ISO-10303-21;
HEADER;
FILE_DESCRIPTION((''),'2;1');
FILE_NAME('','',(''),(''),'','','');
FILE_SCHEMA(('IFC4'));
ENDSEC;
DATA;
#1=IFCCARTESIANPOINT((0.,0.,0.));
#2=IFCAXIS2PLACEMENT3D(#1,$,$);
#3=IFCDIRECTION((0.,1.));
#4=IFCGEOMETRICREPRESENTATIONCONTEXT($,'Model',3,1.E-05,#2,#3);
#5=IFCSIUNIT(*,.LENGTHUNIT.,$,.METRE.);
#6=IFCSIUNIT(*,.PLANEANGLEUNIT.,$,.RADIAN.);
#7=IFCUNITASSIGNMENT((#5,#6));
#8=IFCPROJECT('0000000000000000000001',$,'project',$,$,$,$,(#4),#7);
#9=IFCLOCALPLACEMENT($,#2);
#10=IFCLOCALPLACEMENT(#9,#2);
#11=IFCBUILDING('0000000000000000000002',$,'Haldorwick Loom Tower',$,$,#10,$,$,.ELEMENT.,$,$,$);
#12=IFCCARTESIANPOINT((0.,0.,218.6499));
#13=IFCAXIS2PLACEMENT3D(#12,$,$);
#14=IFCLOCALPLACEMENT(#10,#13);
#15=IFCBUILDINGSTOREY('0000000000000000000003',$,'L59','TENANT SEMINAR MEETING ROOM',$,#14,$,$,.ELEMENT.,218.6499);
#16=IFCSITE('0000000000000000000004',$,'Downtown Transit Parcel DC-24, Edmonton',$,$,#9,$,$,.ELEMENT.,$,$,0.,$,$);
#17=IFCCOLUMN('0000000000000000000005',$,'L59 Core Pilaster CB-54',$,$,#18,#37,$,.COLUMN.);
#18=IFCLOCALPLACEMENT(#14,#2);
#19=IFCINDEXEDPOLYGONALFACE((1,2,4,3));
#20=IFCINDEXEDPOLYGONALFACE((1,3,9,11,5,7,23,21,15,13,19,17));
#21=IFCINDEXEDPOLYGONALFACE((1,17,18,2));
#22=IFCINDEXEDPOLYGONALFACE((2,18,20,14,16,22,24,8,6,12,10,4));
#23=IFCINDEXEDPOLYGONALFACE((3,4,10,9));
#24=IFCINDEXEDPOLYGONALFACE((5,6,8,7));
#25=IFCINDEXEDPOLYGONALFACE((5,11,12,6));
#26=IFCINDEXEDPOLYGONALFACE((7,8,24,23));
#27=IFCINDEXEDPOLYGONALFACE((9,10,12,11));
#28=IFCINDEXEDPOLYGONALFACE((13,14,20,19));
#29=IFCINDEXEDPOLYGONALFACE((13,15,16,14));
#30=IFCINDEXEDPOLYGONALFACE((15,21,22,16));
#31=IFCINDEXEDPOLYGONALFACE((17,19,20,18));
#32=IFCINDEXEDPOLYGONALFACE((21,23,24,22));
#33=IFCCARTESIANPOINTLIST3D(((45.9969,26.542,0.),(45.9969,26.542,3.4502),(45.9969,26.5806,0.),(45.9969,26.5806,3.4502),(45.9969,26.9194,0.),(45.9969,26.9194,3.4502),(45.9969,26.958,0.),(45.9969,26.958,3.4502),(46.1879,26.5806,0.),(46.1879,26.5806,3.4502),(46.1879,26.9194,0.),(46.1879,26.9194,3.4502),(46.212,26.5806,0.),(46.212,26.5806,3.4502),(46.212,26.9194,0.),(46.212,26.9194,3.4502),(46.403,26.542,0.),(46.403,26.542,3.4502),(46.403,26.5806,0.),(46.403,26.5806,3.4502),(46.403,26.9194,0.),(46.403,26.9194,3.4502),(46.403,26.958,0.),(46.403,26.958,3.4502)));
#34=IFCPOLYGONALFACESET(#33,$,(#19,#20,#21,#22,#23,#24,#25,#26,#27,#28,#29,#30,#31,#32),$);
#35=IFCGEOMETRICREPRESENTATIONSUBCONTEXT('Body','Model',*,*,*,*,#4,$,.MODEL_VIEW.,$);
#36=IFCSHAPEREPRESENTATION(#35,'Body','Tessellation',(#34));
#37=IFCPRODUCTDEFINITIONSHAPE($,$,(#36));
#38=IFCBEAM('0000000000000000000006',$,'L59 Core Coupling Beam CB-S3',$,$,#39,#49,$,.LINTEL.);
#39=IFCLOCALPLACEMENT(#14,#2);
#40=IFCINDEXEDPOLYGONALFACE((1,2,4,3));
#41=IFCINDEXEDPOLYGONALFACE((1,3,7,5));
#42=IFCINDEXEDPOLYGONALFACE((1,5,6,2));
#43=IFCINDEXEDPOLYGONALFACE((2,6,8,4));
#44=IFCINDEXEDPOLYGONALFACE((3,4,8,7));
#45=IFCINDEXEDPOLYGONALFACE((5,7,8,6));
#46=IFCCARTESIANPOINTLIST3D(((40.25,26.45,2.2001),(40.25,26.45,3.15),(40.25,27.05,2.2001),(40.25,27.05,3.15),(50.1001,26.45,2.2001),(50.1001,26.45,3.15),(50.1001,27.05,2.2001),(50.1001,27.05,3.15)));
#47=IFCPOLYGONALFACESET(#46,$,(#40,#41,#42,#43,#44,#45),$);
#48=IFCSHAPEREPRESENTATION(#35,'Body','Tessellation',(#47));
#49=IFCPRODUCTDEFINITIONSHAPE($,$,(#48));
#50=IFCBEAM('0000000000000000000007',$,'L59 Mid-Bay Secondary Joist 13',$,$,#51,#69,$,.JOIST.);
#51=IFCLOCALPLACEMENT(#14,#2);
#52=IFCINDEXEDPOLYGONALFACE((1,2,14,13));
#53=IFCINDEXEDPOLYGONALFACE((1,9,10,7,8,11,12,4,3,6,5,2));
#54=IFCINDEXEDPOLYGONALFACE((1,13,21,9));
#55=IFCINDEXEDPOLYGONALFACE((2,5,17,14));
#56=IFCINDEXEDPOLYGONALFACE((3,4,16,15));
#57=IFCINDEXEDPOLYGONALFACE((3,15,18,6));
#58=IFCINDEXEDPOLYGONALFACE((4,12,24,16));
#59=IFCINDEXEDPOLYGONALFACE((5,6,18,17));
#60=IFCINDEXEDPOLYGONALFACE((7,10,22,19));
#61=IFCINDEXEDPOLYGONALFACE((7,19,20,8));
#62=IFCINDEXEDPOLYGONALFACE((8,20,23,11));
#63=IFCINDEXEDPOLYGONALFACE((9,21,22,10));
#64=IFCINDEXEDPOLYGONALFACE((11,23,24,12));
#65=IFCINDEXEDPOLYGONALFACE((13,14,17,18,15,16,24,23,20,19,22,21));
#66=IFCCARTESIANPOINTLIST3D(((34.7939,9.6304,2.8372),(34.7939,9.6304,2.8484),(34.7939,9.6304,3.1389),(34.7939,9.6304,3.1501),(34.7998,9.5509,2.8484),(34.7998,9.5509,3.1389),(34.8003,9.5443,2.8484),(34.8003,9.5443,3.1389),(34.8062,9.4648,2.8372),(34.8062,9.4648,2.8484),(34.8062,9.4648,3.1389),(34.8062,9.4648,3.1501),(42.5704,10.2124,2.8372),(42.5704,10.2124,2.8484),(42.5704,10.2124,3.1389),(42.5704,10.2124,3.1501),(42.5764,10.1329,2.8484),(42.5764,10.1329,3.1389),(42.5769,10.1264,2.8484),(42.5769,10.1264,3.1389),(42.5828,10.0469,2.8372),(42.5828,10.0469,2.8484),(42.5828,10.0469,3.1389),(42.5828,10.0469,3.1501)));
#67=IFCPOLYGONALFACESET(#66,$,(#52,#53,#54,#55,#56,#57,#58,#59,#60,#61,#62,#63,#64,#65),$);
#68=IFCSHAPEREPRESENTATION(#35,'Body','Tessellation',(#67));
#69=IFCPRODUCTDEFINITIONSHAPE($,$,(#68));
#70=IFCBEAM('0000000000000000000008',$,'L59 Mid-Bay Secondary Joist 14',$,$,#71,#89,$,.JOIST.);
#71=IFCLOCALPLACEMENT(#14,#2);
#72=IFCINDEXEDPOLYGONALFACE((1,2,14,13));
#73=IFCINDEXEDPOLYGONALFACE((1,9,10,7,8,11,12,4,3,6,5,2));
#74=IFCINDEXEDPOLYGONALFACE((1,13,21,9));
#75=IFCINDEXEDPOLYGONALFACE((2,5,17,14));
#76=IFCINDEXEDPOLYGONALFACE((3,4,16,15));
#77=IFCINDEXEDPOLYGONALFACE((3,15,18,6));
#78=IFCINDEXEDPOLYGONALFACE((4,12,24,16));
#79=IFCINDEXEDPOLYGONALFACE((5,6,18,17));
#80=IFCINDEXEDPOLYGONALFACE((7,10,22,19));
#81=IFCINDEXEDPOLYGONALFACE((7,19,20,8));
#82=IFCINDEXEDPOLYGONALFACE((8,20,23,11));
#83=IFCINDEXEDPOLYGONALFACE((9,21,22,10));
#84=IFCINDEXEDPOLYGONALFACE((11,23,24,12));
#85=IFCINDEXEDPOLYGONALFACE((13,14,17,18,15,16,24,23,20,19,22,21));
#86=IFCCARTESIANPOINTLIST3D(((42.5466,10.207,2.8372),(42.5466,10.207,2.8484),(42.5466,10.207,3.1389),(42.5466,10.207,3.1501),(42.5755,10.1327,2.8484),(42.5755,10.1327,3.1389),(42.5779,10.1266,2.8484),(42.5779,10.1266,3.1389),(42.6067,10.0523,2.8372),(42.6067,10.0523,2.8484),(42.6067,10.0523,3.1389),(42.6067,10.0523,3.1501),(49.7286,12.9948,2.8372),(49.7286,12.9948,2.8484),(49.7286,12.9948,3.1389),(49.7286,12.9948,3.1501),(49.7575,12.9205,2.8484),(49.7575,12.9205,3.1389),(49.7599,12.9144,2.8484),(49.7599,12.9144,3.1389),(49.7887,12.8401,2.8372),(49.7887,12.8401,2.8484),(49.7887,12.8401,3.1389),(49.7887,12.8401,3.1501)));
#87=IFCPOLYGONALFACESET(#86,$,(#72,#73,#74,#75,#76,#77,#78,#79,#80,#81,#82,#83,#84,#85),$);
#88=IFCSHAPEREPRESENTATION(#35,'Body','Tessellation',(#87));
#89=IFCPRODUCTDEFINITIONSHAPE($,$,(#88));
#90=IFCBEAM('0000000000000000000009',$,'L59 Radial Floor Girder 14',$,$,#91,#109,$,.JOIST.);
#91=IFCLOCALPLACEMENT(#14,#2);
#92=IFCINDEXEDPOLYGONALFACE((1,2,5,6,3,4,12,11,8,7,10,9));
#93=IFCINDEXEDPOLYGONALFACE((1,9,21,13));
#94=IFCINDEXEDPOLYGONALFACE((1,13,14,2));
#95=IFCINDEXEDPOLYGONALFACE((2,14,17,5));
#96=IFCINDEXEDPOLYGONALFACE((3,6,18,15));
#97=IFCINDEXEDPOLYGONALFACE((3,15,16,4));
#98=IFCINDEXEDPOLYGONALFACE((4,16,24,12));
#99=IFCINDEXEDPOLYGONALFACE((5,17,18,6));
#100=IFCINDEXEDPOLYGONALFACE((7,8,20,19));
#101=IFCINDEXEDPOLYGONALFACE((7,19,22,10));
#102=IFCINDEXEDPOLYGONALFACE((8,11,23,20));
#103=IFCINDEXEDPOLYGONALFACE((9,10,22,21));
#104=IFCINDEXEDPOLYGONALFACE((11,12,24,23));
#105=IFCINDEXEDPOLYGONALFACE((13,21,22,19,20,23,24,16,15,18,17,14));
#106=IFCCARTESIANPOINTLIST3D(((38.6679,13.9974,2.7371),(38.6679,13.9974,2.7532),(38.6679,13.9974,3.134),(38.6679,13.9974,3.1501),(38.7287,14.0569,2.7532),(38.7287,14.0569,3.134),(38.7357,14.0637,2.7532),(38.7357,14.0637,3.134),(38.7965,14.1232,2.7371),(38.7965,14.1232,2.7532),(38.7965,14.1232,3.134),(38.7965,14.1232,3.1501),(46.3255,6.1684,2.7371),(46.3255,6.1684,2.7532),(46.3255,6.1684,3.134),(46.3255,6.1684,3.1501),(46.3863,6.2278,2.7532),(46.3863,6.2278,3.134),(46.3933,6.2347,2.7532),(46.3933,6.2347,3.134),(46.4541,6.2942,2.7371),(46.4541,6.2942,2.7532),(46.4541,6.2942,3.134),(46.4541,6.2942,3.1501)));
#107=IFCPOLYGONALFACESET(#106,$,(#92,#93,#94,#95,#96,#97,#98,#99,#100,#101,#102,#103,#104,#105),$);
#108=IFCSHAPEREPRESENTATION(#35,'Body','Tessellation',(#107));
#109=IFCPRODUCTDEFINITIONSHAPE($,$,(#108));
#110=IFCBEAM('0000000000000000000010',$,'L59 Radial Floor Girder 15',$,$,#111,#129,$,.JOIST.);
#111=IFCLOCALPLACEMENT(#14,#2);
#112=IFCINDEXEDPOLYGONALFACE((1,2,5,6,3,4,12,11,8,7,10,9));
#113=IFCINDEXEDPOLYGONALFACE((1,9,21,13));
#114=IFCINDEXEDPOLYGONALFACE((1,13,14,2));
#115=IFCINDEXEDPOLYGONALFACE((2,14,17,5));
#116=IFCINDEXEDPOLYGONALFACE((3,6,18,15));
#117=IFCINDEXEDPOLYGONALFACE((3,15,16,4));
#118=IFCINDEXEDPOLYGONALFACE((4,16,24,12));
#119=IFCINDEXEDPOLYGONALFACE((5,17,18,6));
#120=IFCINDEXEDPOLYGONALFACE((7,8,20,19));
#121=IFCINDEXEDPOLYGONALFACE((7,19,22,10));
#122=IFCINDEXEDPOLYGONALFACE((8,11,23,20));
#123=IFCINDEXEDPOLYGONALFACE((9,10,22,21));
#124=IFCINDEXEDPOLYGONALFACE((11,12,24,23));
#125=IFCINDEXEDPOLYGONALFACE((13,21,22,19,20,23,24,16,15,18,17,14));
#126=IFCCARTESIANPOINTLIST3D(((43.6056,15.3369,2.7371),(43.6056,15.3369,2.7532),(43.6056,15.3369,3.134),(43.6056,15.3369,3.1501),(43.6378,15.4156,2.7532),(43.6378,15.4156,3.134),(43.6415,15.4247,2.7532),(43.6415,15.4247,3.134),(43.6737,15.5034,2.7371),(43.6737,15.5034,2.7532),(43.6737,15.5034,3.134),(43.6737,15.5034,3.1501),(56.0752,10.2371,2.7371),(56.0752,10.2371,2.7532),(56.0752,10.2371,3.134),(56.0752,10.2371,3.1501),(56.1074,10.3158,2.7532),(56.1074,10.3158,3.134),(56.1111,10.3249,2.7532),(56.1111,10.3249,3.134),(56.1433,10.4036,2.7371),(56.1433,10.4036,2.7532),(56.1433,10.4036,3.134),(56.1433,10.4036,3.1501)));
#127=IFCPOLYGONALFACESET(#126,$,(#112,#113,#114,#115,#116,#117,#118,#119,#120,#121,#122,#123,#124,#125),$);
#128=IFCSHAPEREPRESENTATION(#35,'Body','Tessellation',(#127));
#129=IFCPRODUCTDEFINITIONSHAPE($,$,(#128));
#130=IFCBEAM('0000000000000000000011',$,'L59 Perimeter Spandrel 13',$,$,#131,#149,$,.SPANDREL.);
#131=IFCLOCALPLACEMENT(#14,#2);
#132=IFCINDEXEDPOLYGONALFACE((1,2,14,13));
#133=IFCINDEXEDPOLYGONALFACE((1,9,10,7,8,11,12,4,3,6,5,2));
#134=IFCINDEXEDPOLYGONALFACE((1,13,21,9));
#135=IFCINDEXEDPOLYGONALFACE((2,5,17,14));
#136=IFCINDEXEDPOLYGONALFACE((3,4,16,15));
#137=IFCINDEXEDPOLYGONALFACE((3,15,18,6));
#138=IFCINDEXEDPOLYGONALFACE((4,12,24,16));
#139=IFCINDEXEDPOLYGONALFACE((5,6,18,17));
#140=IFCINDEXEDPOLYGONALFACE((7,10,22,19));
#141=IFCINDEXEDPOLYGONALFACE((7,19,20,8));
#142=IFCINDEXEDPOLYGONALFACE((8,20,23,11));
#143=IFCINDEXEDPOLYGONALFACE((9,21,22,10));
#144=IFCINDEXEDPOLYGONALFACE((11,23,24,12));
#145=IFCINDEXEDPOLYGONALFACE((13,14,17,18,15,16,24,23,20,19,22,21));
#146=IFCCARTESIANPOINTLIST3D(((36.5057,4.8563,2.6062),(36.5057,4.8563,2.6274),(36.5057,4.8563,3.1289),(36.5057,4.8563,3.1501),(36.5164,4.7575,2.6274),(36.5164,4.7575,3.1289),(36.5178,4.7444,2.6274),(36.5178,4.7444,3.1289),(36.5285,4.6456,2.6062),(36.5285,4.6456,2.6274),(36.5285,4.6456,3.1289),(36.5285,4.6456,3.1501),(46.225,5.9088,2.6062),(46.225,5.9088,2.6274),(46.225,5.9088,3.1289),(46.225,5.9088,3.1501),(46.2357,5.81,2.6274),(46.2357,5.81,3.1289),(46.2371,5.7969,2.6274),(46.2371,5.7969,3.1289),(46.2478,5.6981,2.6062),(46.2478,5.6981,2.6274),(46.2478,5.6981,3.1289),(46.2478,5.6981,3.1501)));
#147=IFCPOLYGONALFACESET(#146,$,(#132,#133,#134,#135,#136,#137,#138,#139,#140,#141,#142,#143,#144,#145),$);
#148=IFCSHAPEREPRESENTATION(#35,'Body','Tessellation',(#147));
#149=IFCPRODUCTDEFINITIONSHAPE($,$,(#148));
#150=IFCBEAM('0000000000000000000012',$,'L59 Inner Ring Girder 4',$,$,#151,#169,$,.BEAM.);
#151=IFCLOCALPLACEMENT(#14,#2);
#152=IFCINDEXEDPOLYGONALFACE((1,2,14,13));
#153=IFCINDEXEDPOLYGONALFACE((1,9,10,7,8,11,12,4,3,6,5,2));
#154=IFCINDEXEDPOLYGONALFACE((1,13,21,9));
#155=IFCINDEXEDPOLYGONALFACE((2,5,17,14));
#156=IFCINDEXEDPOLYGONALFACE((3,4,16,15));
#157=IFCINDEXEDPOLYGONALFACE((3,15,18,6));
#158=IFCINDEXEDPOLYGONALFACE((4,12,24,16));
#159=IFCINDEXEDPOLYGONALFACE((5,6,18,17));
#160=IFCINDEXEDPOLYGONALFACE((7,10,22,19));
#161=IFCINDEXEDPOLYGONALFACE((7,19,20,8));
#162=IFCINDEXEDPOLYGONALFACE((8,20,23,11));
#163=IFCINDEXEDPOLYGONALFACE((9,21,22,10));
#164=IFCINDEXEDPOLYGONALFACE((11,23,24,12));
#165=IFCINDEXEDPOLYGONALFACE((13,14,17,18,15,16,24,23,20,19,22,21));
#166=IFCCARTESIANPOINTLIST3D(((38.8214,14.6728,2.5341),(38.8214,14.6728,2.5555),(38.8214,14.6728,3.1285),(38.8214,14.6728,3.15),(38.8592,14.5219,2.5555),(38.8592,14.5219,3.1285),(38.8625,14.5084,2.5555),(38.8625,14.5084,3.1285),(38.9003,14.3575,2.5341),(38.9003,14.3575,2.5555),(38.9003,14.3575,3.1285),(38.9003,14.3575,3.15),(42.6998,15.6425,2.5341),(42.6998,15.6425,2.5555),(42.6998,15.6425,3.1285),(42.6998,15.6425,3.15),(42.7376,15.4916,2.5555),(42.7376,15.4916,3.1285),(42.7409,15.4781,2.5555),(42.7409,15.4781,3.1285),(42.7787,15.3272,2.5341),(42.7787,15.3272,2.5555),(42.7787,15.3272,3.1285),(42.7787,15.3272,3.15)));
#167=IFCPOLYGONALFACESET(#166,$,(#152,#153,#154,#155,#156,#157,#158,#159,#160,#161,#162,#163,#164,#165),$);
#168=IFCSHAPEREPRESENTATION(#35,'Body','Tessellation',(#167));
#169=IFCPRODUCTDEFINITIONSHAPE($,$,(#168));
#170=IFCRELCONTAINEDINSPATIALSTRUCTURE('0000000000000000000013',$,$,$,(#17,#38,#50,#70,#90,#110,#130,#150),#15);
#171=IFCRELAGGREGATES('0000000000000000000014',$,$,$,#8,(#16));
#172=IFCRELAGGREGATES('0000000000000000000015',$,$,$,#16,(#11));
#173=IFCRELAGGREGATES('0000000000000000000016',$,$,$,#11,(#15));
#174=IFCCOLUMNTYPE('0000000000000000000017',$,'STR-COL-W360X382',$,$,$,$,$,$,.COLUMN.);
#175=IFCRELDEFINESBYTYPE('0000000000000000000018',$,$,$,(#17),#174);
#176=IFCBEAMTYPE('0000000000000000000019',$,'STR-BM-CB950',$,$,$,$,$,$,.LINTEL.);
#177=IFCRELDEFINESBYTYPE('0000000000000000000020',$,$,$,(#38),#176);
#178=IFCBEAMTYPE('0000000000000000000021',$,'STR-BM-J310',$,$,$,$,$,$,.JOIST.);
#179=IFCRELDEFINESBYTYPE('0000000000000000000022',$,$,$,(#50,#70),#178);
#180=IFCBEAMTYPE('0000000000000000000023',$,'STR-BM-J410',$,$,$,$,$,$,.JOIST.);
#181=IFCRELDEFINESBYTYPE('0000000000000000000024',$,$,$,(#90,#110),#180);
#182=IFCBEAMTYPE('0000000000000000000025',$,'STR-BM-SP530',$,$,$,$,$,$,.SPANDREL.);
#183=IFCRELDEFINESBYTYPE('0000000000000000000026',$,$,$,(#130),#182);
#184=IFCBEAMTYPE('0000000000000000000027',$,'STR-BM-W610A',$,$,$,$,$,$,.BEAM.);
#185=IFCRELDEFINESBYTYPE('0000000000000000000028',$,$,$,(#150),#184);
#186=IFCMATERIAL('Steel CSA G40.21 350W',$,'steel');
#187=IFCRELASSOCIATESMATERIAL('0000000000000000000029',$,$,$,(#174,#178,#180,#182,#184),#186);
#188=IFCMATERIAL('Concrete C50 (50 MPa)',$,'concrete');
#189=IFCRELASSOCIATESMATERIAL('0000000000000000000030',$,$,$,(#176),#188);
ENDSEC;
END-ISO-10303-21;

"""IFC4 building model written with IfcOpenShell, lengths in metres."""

from ifc_helpers import new_model, si_unit, direction, frame, origin, origin_2d, place, context, subcontext, project, spatial, rectangle, i_section, extrude, material, material_profile, profile_set, type_object, element, save


model = new_model("IFC4")

# Units and contexts
model_context = context("Model", 3, precision=1e-05, world=origin(), true_north=direction((0.0, 1.0)))
body_context = subcontext(model_context, "Body", "Model", "MODEL_VIEW")
ifc_project = project(units=[si_unit("LENGTHUNIT", "METRE"), si_unit("PLANEANGLEUNIT", "RADIAN")], contexts=[model_context])

# Site, building, storey
site_placement = place(None, origin())
site = spatial("IfcSite", under=ifc_project, at=site_placement, Name="Downtown Transit Parcel DC-24, Edmonton", CompositionType="ELEMENT", RefElevation=0.0)
building_placement = place(site_placement, origin())
building = spatial("IfcBuilding", under=site, at=building_placement, Name="Haldorwick Loom Tower", CompositionType="ELEMENT")
storey_placement = place(building_placement, frame((0.0, 0.0, 218.6499)))
storey = spatial("IfcBuildingStorey", under=building, at=storey_placement, Name="L59", Description="TENANT SEMINAR MEETING ROOM", CompositionType="ELEMENT", Elevation=218.6499)

# Column
ifc_material_1 = material(Name="Steel CSA G40.21 350W", Category="steel")
ifc_material_profile_1 = material_profile(ifc_material_1, i_section(OverallWidth=0.406, OverallDepth=0.416, WebThickness=0.0242, FlangeThickness=0.0386, at=origin_2d()), Name="W360X382", Category="steel")
ifc_profile_set_1 = profile_set([ifc_material_profile_1], Name="Steel CSA G40.21 350W")
column_type_1 = type_object("IfcColumnType", Name="STR-COL-W360X382", PredefinedType="COLUMN", material=ifc_profile_set_1)
for number, where, z_axis, x_axis, name in (
    (1, (46.2, 26.75, 0.0), (0.0, 0.0, 1.0), (1.0, 0.0, 0.0), "L59 Core Pilaster CB-54"),
):
    element("IfcColumn", number, at=place(storey_placement, frame(where, z_axis=z_axis, x_axis=x_axis)), inside=storey, type_object=column_type_1, Name=name, PredefinedType="COLUMN", context=body_context, shape_type="SweptSolid", body=[
        extrude(i_section(OverallWidth=0.406, OverallDepth=0.416, WebThickness=0.0242, FlangeThickness=0.0386, at=origin_2d()), origin(), (0.0, 0.0, 1.0), 3.4502),
    ])

# Beams
ifc_material_2 = material(Name="Concrete C50 (50 MPa)", Category="concrete")
ifc_material_profile_2 = material_profile(ifc_material_2, rectangle(XDim=0.6001, YDim=0.95, at=origin_2d()), Name="RC600X950", Category="concrete")
ifc_profile_set_2 = profile_set([ifc_material_profile_2], Name="Concrete C50 (50 MPa)")
beam_type_1 = type_object("IfcBeamType", Name="STR-BM-CB950", PredefinedType="LINTEL", material=ifc_profile_set_2)
beam_1_placement = place(storey_placement, frame((40.25, 26.75, 2.675), z_axis=(1.0, 0.0, 0.0), x_axis=(0.0, 1.0, 0.0)))
element("IfcBeam", 2, at=beam_1_placement, inside=storey, type_object=beam_type_1, Name="L59 Core Coupling Beam CB-S3", PredefinedType="LINTEL", context=body_context, shape_type="SweptSolid", body=[
    extrude(rectangle(XDim=0.6001, YDim=0.95, at=origin_2d()), origin(), (0.0, 0.0, 1.0), 9.8501),
])
ifc_material_profile_3 = material_profile(ifc_material_1, i_section(OverallWidth=0.166, OverallDepth=0.313, WebThickness=0.0066, FlangeThickness=0.0112, at=origin_2d()), Name="W310X45", Category="steel")
ifc_profile_set_3 = profile_set([ifc_material_profile_3], Name="Steel CSA G40.21 350W")
beam_type_2 = type_object("IfcBeamType", Name="STR-BM-J310", PredefinedType="JOIST", material=ifc_profile_set_3)
beam_2_placement = place(storey_placement, frame((34.8, 9.5476, 2.9937), z_axis=(0.997211, 0.074635, 0.0), x_axis=(-0.074635, 0.997211, 0.0)))
element("IfcBeam", 3, at=beam_2_placement, inside=storey, type_object=beam_type_2, Name="L59 Mid-Bay Secondary Joist 13", PredefinedType="JOIST", context=body_context, shape_type="SweptSolid", body=[
    extrude(i_section(OverallWidth=0.166, OverallDepth=0.313, WebThickness=0.0066, FlangeThickness=0.0112, at=origin_2d()), origin(), (0.0, 0.0, 1.0), 7.7983),
])
beam_3_placement = place(storey_placement, frame((42.5767, 10.1296, 2.9937), z_axis=(0.932233, 0.361859, 0.0), x_axis=(-0.361859, 0.932233, 0.0)))
element("IfcBeam", 4, at=beam_3_placement, inside=storey, type_object=beam_type_2, Name="L59 Mid-Bay Secondary Joist 14", PredefinedType="JOIST", context=body_context, shape_type="SweptSolid", body=[
    extrude(i_section(OverallWidth=0.166, OverallDepth=0.313, WebThickness=0.0066, FlangeThickness=0.0112, at=origin_2d()), origin(), (0.0, 0.0, 1.0), 7.7041),
])
ifc_material_profile_4 = material_profile(ifc_material_1, i_section(OverallWidth=0.1799, OverallDepth=0.4131, WebThickness=0.0098, FlangeThickness=0.0161, at=origin_2d()), Name="W410X74", Category="steel")
ifc_profile_set_4 = profile_set([ifc_material_profile_4], Name="Steel CSA G40.21 350W")
beam_type_3 = type_object("IfcBeamType", Name="STR-BM-J410", PredefinedType="JOIST", material=ifc_profile_set_4)
beam_4_placement = place(storey_placement, frame((38.7322, 14.0603, 2.9436), z_axis=(0.699239, -0.714888, 0.0), x_axis=(0.714888, 0.699239, 0.0)))
element("IfcBeam", 5, at=beam_4_placement, inside=storey, type_object=beam_type_3, Name="L59 Radial Floor Girder 14", PredefinedType="JOIST", context=body_context, shape_type="SweptSolid", body=[
    extrude(i_section(OverallWidth=0.1799, OverallDepth=0.4131, WebThickness=0.0098, FlangeThickness=0.0161, at=origin_2d()), origin(), (0.0, 0.0, 1.0), 10.9514),
])
beam_5_placement = place(storey_placement, frame((43.6396, 15.4202, 2.9436), z_axis=(0.925583, -0.378544, 0.0), x_axis=(0.378544, 0.925583, 0.0)))
element("IfcBeam", 6, at=beam_5_placement, inside=storey, type_object=beam_type_3, Name="L59 Radial Floor Girder 15", PredefinedType="JOIST", context=body_context, shape_type="SweptSolid", body=[
    extrude(i_section(OverallWidth=0.1799, OverallDepth=0.4131, WebThickness=0.0098, FlangeThickness=0.0161, at=origin_2d()), origin(), (0.0, 0.0, 1.0), 13.4722),
])
ifc_material_profile_5 = material_profile(ifc_material_1, i_section(OverallWidth=0.2119, OverallDepth=0.5439, WebThickness=0.0132, FlangeThickness=0.0212, at=origin_2d()), Name="W530X123", Category="steel")
ifc_profile_set_5 = profile_set([ifc_material_profile_5], Name="Steel CSA G40.21 350W")
beam_type_4 = type_object("IfcBeamType", Name="STR-BM-SP530", PredefinedType="SPANDREL", material=ifc_profile_set_5)
beam_6_placement = place(storey_placement, frame((36.5171, 4.751, 2.8782), z_axis=(0.994188, 0.10766, 0.0), x_axis=(-0.10766, 0.994188, 0.0)))
element("IfcBeam", 7, at=beam_6_placement, inside=storey, type_object=beam_type_4, Name="L59 Perimeter Spandrel 13", PredefinedType="SPANDREL", context=body_context, shape_type="SweptSolid", body=[
    extrude(i_section(OverallWidth=0.2119, OverallDepth=0.5439, WebThickness=0.0132, FlangeThickness=0.0212, at=origin_2d()), origin(), (0.0, 0.0, 1.0), 9.7761),
])
ifc_material_profile_6 = material_profile(ifc_material_1, i_section(OverallWidth=0.325, OverallDepth=0.616, WebThickness=0.0139, FlangeThickness=0.0215, at=origin_2d()), Name="W610X174", Category="steel")
ifc_profile_set_6 = profile_set([ifc_material_profile_6], Name="Steel CSA G40.21 350W")
beam_type_5 = type_object("IfcBeamType", Name="STR-BM-W610A", PredefinedType="BEAM", material=ifc_profile_set_6)
beam_7_placement = place(storey_placement, frame((42.7393, 15.4849, 2.842), z_axis=(-0.970135, -0.242564, 0.0), x_axis=(0.242564, -0.970135, 0.0)))
element("IfcBeam", 8, at=beam_7_placement, inside=storey, type_object=beam_type_5, Name="L59 Inner Ring Girder 4", PredefinedType="BEAM", context=body_context, shape_type="SweptSolid", body=[
    extrude(i_section(OverallWidth=0.325, OverallDepth=0.616, WebThickness=0.0139, FlangeThickness=0.0215, at=origin_2d()), origin(), (0.0, 0.0, 1.0), 3.9978),
])

save(model, "model.ifc")
